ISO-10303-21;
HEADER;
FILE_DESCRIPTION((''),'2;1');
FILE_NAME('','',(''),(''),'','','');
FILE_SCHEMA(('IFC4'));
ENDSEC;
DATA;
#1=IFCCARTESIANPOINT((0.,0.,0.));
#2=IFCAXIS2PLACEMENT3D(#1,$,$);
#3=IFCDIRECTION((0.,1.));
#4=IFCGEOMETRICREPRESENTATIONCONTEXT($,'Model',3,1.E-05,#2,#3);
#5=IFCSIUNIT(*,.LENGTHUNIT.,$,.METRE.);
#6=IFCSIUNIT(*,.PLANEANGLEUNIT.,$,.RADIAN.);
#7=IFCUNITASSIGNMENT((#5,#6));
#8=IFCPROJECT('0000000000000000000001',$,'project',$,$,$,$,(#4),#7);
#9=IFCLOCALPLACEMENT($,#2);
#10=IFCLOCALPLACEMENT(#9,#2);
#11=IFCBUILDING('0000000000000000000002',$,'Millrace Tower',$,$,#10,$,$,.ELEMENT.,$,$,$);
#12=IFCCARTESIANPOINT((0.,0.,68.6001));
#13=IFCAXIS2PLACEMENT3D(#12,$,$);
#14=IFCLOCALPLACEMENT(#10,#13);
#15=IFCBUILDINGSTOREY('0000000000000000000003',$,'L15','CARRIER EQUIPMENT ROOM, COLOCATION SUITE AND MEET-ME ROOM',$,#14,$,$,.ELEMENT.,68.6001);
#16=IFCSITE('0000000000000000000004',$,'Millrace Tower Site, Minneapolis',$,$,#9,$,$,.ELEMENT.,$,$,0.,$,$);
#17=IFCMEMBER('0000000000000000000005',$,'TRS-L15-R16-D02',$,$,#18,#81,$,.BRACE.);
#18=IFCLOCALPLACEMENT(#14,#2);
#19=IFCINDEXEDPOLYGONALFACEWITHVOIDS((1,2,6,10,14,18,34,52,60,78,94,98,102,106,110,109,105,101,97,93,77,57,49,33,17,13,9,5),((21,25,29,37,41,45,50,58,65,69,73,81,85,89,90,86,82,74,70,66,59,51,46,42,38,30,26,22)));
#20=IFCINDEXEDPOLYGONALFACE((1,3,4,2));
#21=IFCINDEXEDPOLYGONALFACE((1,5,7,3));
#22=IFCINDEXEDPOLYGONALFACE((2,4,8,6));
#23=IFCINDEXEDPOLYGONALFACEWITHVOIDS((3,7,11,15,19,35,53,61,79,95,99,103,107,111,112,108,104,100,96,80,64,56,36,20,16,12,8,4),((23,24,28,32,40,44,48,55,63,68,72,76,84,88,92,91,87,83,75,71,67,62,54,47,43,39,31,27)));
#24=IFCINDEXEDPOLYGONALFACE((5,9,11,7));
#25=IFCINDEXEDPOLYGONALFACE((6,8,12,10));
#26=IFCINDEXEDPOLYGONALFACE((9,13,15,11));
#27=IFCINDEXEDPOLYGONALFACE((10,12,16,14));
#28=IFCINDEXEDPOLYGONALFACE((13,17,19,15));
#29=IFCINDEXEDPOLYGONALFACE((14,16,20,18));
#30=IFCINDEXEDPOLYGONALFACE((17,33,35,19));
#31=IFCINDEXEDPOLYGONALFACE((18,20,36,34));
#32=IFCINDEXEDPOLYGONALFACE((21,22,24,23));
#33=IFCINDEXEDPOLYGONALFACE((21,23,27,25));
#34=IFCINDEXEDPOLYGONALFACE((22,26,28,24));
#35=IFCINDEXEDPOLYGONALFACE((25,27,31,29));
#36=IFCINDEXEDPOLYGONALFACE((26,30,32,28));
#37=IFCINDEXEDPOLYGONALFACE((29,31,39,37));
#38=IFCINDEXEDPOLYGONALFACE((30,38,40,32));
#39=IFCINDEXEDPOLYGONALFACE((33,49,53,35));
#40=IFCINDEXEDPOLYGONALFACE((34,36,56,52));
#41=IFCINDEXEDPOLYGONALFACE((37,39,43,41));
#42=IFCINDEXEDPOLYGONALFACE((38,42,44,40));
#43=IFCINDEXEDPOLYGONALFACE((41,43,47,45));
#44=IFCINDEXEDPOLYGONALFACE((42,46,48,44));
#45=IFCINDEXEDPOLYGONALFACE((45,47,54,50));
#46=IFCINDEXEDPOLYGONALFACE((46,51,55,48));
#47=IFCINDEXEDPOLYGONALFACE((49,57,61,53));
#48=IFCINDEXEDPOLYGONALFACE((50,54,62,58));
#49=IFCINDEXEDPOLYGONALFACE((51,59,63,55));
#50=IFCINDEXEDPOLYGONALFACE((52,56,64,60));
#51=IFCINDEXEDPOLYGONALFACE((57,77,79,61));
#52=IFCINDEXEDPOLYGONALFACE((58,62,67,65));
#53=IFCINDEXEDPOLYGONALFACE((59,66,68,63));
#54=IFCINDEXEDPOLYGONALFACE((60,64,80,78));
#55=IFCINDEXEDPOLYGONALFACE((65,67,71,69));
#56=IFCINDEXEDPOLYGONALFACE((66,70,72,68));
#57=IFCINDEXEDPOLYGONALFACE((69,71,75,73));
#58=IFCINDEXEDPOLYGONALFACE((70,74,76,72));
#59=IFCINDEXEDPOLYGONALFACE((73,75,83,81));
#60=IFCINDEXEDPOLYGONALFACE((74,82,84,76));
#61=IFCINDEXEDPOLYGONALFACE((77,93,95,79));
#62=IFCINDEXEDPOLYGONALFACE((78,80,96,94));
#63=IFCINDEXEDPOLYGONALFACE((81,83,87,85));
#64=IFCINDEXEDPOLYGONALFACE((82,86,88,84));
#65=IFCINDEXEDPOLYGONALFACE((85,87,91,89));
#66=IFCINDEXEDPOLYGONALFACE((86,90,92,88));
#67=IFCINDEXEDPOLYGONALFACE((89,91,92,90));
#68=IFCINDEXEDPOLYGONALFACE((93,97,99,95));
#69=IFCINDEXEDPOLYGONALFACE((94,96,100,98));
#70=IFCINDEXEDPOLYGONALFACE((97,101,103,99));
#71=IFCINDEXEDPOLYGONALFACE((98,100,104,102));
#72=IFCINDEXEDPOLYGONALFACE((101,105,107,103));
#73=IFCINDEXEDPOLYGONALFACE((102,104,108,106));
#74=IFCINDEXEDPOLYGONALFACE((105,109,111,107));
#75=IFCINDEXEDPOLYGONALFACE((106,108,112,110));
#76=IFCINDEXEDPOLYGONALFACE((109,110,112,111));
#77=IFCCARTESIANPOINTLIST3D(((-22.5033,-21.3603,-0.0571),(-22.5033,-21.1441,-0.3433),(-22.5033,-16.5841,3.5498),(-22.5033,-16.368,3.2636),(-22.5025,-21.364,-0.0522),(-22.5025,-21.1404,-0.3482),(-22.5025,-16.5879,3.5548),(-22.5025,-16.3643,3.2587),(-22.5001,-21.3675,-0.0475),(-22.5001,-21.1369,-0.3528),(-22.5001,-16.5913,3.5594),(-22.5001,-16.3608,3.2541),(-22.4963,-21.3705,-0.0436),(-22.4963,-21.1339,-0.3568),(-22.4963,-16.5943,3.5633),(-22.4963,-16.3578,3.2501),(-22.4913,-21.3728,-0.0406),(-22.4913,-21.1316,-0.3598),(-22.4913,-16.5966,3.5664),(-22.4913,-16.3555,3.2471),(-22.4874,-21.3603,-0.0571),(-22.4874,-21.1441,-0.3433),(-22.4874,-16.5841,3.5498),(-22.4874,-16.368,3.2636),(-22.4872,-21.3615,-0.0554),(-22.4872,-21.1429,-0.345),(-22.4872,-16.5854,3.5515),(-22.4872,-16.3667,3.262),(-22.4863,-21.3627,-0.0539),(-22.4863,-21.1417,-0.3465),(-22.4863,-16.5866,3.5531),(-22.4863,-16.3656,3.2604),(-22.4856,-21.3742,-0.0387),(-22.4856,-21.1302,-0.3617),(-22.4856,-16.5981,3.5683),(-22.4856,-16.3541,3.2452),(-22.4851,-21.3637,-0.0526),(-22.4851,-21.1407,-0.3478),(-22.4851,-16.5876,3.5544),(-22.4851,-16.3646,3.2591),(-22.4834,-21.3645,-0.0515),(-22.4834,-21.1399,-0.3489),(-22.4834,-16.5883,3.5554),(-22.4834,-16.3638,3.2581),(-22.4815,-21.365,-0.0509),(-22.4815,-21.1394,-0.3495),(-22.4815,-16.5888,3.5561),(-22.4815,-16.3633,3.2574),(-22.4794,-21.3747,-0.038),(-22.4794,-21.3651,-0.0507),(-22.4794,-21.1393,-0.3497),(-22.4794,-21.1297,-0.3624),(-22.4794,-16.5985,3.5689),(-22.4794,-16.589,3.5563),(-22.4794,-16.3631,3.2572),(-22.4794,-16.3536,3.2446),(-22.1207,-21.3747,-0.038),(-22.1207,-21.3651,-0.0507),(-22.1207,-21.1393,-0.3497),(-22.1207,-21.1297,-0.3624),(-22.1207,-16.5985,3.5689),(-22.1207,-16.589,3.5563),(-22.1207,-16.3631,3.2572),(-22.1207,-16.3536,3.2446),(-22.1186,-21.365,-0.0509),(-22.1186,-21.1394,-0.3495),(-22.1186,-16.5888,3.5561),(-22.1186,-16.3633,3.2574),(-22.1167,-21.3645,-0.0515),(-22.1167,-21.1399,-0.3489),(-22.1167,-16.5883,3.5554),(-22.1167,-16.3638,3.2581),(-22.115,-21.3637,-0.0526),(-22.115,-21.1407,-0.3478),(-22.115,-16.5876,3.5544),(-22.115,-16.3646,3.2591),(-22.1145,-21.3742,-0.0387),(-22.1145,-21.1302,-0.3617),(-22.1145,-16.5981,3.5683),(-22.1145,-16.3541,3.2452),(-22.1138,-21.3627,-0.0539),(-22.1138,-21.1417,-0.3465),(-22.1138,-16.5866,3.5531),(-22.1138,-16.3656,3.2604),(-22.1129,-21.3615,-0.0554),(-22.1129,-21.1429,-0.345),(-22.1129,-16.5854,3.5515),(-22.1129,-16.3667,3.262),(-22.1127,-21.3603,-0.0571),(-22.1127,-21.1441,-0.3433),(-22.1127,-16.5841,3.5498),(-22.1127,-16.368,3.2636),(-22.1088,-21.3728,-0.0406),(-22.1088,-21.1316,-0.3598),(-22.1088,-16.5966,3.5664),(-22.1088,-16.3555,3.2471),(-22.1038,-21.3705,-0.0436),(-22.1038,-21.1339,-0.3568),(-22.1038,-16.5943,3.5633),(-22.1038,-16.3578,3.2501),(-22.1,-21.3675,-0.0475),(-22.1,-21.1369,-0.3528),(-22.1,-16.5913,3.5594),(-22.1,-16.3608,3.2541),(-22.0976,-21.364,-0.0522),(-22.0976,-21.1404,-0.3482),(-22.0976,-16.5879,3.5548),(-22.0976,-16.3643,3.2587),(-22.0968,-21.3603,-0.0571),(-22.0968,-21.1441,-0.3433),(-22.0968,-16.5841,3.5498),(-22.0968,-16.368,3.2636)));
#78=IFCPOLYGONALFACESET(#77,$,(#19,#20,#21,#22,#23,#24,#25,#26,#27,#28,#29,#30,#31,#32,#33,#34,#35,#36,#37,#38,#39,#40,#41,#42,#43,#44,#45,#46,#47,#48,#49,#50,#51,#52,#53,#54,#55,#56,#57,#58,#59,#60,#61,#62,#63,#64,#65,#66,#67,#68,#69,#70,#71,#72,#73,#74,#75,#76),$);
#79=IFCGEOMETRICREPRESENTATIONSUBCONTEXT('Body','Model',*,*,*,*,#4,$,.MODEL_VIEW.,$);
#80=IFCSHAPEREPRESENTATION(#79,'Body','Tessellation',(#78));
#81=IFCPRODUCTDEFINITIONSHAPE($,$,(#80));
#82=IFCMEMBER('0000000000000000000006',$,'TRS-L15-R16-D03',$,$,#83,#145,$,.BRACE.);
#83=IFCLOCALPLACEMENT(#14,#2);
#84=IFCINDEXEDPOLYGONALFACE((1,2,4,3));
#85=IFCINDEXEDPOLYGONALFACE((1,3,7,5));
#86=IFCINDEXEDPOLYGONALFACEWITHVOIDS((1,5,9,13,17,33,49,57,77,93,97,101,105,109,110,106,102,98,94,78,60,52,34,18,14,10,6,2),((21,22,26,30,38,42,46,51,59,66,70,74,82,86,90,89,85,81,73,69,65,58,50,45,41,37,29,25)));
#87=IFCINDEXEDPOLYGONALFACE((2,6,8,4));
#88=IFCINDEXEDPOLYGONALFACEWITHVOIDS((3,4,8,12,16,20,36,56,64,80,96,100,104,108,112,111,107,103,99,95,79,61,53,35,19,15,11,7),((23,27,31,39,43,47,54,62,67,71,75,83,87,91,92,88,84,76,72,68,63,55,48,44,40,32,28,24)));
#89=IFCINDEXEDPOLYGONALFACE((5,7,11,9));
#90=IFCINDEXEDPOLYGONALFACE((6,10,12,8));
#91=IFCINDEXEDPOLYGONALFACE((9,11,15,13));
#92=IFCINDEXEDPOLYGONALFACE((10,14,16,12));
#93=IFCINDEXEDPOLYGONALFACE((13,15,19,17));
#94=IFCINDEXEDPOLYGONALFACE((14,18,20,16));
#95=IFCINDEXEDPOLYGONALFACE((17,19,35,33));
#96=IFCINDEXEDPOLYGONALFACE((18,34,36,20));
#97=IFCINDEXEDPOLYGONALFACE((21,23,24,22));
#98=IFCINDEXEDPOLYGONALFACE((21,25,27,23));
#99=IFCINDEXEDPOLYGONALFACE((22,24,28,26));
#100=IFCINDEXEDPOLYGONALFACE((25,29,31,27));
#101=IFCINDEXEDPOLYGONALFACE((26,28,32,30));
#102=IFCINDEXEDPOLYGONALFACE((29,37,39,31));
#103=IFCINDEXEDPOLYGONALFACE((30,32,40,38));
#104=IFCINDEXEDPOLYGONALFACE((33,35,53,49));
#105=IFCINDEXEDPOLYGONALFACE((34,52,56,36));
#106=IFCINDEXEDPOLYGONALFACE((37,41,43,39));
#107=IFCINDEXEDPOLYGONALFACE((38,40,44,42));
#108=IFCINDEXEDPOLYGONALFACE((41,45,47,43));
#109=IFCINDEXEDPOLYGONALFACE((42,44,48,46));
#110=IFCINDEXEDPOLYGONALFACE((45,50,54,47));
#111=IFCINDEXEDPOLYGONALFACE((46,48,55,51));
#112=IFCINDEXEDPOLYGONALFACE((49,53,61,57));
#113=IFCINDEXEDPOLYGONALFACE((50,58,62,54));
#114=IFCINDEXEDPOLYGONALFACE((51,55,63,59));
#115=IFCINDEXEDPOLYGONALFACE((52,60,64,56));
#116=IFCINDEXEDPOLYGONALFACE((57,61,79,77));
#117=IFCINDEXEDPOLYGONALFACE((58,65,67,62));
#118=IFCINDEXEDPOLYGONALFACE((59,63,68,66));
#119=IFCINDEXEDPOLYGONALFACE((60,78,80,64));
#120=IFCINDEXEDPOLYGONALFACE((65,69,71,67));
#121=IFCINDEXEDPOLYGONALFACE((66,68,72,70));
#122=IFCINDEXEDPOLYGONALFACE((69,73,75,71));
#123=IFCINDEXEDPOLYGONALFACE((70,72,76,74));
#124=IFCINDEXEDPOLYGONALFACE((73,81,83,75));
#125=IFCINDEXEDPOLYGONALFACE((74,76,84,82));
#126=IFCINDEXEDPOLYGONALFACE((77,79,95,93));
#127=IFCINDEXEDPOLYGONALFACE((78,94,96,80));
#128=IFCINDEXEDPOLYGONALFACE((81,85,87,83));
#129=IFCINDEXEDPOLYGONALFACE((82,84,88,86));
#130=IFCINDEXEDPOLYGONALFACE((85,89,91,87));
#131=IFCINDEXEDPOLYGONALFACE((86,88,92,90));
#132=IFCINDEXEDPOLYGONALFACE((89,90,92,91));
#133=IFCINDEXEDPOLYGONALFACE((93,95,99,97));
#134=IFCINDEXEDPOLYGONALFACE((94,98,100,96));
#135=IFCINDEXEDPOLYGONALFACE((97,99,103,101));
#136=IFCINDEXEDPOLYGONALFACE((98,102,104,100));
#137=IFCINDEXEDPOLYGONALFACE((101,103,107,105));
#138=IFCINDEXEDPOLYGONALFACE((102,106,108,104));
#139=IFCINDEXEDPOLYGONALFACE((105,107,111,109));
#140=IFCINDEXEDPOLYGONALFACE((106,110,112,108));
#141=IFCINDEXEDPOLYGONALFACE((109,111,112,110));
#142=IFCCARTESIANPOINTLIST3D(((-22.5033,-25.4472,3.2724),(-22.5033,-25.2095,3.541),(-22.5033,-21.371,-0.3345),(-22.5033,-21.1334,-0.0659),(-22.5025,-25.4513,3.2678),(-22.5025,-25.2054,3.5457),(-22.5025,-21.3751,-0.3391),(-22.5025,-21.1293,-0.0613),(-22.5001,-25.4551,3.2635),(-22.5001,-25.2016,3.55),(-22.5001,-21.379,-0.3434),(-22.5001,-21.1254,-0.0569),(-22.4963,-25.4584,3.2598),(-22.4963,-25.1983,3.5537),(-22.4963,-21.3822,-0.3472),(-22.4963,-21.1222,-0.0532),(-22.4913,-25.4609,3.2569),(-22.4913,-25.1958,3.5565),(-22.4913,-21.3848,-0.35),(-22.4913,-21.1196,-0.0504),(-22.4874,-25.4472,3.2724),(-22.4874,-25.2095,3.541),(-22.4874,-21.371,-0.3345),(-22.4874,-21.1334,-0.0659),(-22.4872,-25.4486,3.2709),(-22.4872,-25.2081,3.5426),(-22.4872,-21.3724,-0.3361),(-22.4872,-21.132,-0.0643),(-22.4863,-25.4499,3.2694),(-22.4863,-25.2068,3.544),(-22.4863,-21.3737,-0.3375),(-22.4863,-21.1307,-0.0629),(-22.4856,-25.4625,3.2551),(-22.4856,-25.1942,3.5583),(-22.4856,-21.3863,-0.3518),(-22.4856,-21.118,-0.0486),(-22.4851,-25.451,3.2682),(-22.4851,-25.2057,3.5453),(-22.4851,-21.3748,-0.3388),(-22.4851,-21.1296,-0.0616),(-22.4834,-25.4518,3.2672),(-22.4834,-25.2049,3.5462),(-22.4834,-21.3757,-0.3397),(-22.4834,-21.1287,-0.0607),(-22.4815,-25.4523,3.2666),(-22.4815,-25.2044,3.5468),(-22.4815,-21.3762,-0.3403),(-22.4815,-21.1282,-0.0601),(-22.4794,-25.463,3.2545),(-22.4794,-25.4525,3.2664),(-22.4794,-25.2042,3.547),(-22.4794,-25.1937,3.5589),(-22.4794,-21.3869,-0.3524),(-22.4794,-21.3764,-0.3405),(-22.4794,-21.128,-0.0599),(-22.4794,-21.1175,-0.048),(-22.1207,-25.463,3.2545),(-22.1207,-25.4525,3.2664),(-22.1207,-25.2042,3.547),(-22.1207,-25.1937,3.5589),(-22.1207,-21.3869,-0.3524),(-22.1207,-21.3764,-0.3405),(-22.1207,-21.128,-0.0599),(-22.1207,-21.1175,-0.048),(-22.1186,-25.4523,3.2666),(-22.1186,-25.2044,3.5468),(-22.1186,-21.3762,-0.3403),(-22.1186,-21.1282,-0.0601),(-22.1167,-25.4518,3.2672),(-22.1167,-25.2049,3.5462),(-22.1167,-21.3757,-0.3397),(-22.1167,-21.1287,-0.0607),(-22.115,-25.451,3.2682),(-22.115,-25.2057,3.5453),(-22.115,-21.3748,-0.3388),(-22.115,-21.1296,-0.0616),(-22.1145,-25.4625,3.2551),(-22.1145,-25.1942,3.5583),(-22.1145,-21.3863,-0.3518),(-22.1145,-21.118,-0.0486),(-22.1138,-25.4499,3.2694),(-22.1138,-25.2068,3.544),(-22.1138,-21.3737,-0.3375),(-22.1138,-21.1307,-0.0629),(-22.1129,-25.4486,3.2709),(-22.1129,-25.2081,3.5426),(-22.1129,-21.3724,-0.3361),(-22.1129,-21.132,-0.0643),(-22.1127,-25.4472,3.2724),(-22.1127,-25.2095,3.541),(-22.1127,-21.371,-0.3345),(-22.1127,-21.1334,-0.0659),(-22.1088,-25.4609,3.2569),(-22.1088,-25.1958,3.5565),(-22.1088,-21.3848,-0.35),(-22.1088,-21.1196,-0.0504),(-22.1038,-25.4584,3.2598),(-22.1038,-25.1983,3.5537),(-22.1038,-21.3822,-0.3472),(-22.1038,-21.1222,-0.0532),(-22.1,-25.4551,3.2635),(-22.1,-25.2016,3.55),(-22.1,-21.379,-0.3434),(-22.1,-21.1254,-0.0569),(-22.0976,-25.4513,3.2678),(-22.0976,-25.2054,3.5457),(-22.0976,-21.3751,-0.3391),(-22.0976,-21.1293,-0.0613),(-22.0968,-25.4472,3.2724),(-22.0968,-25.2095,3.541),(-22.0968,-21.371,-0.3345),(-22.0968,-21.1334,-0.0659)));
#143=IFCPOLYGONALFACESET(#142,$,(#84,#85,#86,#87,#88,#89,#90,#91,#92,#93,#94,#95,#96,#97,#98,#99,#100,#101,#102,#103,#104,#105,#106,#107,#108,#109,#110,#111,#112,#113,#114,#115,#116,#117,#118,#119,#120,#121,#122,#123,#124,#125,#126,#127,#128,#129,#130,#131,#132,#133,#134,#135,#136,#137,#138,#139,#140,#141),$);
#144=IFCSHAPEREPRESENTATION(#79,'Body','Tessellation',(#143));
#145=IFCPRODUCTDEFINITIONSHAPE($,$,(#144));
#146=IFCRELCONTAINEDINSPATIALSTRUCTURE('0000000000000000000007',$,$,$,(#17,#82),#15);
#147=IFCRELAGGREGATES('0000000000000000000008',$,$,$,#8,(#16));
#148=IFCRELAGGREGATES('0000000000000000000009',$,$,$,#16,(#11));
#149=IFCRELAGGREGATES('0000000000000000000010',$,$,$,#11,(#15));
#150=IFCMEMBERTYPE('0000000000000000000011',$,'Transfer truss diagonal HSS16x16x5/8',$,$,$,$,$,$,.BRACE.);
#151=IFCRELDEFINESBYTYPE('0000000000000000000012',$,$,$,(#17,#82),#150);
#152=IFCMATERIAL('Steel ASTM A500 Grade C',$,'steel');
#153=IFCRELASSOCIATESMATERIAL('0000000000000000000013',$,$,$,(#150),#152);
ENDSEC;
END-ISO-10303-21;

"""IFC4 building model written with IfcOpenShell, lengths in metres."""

from ifc_helpers import new_model, si_unit, direction, frame, origin, origin_2d, place, context, subcontext, project, spatial, hollow_rectangle, extrude, material, material_profile, profile_set, type_object, element, save


model = new_model("IFC4")

# Units and contexts
model_context = context("Model", 3, precision=1e-05, world=origin(), true_north=direction((0.0, 1.0)))
body_context = subcontext(model_context, "Body", "Model", "MODEL_VIEW")
ifc_project = project(units=[si_unit("LENGTHUNIT", "METRE"), si_unit("PLANEANGLEUNIT", "RADIAN")], contexts=[model_context])

# Site, building, storey
site_placement = place(None, origin())
site = spatial("IfcSite", under=ifc_project, at=site_placement, Name="Millrace Tower Site, Minneapolis", CompositionType="ELEMENT", RefElevation=0.0)
building_placement = place(site_placement, origin())
building = spatial("IfcBuilding", under=site, at=building_placement, Name="Millrace Tower", CompositionType="ELEMENT")
storey_placement = place(building_placement, frame((0.0, 0.0, 68.6001)))
storey = spatial("IfcBuildingStorey", under=building, at=storey_placement, Name="L15", Description="CARRIER EQUIPMENT ROOM, COLOCATION SUITE AND MEET-ME ROOM", CompositionType="ELEMENT", Elevation=68.6001)

# Members
ifc_material_1 = material(Name="Steel ASTM A500 Grade C", Category="steel")
ifc_material_profile_1 = material_profile(ifc_material_1, hollow_rectangle(XDim=0.4065, YDim=0.4065, WallThickness=0.0159, InnerFilletRadius=0.0081, OuterFilletRadius=0.0239, at=origin_2d()))
ifc_profile_set_1 = profile_set([ifc_material_profile_1], Name="Steel ASTM A500 Grade C")
member_type_1 = type_object("IfcMemberType", Name="Transfer truss diagonal HSS16x16x5/8", PredefinedType="BRACE", material=ifc_profile_set_1)
member_1_placement = place(storey_placement, frame((-22.3, -21.2522, -0.2002), z_axis=(0.0, 0.798003, 0.602653), x_axis=(-1.0, 0.0, 0.0)))
element("IfcMember", 1, at=member_1_placement, inside=storey, type_object=member_type_1, Name="TRS-L15-R16-D02", PredefinedType="BRACE", context=body_context, shape_type="SweptSolid", body=[
    extrude(hollow_rectangle(XDim=0.4065, YDim=0.4065, WallThickness=0.0159, InnerFilletRadius=0.0081, OuterFilletRadius=0.0239, at=origin_2d()), origin(), (0.0, 0.0, 1.0), 5.9851),
])
member_2_placement = place(storey_placement, frame((-22.3, -21.2522, -0.2002), z_axis=(0.0, -0.748897, 0.662686), x_axis=(1.0, 0.0, 0.0)))
element("IfcMember", 2, at=member_2_placement, inside=storey, type_object=member_type_1, Name="TRS-L15-R16-D03", PredefinedType="BRACE", context=body_context, shape_type="SweptSolid", body=[
    extrude(hollow_rectangle(XDim=0.4065, YDim=0.4065, WallThickness=0.0159, InnerFilletRadius=0.0081, OuterFilletRadius=0.0239, at=origin_2d()), origin(), (0.0, 0.0, 1.0), 5.4429),
])

save(model, "model.ifc")
